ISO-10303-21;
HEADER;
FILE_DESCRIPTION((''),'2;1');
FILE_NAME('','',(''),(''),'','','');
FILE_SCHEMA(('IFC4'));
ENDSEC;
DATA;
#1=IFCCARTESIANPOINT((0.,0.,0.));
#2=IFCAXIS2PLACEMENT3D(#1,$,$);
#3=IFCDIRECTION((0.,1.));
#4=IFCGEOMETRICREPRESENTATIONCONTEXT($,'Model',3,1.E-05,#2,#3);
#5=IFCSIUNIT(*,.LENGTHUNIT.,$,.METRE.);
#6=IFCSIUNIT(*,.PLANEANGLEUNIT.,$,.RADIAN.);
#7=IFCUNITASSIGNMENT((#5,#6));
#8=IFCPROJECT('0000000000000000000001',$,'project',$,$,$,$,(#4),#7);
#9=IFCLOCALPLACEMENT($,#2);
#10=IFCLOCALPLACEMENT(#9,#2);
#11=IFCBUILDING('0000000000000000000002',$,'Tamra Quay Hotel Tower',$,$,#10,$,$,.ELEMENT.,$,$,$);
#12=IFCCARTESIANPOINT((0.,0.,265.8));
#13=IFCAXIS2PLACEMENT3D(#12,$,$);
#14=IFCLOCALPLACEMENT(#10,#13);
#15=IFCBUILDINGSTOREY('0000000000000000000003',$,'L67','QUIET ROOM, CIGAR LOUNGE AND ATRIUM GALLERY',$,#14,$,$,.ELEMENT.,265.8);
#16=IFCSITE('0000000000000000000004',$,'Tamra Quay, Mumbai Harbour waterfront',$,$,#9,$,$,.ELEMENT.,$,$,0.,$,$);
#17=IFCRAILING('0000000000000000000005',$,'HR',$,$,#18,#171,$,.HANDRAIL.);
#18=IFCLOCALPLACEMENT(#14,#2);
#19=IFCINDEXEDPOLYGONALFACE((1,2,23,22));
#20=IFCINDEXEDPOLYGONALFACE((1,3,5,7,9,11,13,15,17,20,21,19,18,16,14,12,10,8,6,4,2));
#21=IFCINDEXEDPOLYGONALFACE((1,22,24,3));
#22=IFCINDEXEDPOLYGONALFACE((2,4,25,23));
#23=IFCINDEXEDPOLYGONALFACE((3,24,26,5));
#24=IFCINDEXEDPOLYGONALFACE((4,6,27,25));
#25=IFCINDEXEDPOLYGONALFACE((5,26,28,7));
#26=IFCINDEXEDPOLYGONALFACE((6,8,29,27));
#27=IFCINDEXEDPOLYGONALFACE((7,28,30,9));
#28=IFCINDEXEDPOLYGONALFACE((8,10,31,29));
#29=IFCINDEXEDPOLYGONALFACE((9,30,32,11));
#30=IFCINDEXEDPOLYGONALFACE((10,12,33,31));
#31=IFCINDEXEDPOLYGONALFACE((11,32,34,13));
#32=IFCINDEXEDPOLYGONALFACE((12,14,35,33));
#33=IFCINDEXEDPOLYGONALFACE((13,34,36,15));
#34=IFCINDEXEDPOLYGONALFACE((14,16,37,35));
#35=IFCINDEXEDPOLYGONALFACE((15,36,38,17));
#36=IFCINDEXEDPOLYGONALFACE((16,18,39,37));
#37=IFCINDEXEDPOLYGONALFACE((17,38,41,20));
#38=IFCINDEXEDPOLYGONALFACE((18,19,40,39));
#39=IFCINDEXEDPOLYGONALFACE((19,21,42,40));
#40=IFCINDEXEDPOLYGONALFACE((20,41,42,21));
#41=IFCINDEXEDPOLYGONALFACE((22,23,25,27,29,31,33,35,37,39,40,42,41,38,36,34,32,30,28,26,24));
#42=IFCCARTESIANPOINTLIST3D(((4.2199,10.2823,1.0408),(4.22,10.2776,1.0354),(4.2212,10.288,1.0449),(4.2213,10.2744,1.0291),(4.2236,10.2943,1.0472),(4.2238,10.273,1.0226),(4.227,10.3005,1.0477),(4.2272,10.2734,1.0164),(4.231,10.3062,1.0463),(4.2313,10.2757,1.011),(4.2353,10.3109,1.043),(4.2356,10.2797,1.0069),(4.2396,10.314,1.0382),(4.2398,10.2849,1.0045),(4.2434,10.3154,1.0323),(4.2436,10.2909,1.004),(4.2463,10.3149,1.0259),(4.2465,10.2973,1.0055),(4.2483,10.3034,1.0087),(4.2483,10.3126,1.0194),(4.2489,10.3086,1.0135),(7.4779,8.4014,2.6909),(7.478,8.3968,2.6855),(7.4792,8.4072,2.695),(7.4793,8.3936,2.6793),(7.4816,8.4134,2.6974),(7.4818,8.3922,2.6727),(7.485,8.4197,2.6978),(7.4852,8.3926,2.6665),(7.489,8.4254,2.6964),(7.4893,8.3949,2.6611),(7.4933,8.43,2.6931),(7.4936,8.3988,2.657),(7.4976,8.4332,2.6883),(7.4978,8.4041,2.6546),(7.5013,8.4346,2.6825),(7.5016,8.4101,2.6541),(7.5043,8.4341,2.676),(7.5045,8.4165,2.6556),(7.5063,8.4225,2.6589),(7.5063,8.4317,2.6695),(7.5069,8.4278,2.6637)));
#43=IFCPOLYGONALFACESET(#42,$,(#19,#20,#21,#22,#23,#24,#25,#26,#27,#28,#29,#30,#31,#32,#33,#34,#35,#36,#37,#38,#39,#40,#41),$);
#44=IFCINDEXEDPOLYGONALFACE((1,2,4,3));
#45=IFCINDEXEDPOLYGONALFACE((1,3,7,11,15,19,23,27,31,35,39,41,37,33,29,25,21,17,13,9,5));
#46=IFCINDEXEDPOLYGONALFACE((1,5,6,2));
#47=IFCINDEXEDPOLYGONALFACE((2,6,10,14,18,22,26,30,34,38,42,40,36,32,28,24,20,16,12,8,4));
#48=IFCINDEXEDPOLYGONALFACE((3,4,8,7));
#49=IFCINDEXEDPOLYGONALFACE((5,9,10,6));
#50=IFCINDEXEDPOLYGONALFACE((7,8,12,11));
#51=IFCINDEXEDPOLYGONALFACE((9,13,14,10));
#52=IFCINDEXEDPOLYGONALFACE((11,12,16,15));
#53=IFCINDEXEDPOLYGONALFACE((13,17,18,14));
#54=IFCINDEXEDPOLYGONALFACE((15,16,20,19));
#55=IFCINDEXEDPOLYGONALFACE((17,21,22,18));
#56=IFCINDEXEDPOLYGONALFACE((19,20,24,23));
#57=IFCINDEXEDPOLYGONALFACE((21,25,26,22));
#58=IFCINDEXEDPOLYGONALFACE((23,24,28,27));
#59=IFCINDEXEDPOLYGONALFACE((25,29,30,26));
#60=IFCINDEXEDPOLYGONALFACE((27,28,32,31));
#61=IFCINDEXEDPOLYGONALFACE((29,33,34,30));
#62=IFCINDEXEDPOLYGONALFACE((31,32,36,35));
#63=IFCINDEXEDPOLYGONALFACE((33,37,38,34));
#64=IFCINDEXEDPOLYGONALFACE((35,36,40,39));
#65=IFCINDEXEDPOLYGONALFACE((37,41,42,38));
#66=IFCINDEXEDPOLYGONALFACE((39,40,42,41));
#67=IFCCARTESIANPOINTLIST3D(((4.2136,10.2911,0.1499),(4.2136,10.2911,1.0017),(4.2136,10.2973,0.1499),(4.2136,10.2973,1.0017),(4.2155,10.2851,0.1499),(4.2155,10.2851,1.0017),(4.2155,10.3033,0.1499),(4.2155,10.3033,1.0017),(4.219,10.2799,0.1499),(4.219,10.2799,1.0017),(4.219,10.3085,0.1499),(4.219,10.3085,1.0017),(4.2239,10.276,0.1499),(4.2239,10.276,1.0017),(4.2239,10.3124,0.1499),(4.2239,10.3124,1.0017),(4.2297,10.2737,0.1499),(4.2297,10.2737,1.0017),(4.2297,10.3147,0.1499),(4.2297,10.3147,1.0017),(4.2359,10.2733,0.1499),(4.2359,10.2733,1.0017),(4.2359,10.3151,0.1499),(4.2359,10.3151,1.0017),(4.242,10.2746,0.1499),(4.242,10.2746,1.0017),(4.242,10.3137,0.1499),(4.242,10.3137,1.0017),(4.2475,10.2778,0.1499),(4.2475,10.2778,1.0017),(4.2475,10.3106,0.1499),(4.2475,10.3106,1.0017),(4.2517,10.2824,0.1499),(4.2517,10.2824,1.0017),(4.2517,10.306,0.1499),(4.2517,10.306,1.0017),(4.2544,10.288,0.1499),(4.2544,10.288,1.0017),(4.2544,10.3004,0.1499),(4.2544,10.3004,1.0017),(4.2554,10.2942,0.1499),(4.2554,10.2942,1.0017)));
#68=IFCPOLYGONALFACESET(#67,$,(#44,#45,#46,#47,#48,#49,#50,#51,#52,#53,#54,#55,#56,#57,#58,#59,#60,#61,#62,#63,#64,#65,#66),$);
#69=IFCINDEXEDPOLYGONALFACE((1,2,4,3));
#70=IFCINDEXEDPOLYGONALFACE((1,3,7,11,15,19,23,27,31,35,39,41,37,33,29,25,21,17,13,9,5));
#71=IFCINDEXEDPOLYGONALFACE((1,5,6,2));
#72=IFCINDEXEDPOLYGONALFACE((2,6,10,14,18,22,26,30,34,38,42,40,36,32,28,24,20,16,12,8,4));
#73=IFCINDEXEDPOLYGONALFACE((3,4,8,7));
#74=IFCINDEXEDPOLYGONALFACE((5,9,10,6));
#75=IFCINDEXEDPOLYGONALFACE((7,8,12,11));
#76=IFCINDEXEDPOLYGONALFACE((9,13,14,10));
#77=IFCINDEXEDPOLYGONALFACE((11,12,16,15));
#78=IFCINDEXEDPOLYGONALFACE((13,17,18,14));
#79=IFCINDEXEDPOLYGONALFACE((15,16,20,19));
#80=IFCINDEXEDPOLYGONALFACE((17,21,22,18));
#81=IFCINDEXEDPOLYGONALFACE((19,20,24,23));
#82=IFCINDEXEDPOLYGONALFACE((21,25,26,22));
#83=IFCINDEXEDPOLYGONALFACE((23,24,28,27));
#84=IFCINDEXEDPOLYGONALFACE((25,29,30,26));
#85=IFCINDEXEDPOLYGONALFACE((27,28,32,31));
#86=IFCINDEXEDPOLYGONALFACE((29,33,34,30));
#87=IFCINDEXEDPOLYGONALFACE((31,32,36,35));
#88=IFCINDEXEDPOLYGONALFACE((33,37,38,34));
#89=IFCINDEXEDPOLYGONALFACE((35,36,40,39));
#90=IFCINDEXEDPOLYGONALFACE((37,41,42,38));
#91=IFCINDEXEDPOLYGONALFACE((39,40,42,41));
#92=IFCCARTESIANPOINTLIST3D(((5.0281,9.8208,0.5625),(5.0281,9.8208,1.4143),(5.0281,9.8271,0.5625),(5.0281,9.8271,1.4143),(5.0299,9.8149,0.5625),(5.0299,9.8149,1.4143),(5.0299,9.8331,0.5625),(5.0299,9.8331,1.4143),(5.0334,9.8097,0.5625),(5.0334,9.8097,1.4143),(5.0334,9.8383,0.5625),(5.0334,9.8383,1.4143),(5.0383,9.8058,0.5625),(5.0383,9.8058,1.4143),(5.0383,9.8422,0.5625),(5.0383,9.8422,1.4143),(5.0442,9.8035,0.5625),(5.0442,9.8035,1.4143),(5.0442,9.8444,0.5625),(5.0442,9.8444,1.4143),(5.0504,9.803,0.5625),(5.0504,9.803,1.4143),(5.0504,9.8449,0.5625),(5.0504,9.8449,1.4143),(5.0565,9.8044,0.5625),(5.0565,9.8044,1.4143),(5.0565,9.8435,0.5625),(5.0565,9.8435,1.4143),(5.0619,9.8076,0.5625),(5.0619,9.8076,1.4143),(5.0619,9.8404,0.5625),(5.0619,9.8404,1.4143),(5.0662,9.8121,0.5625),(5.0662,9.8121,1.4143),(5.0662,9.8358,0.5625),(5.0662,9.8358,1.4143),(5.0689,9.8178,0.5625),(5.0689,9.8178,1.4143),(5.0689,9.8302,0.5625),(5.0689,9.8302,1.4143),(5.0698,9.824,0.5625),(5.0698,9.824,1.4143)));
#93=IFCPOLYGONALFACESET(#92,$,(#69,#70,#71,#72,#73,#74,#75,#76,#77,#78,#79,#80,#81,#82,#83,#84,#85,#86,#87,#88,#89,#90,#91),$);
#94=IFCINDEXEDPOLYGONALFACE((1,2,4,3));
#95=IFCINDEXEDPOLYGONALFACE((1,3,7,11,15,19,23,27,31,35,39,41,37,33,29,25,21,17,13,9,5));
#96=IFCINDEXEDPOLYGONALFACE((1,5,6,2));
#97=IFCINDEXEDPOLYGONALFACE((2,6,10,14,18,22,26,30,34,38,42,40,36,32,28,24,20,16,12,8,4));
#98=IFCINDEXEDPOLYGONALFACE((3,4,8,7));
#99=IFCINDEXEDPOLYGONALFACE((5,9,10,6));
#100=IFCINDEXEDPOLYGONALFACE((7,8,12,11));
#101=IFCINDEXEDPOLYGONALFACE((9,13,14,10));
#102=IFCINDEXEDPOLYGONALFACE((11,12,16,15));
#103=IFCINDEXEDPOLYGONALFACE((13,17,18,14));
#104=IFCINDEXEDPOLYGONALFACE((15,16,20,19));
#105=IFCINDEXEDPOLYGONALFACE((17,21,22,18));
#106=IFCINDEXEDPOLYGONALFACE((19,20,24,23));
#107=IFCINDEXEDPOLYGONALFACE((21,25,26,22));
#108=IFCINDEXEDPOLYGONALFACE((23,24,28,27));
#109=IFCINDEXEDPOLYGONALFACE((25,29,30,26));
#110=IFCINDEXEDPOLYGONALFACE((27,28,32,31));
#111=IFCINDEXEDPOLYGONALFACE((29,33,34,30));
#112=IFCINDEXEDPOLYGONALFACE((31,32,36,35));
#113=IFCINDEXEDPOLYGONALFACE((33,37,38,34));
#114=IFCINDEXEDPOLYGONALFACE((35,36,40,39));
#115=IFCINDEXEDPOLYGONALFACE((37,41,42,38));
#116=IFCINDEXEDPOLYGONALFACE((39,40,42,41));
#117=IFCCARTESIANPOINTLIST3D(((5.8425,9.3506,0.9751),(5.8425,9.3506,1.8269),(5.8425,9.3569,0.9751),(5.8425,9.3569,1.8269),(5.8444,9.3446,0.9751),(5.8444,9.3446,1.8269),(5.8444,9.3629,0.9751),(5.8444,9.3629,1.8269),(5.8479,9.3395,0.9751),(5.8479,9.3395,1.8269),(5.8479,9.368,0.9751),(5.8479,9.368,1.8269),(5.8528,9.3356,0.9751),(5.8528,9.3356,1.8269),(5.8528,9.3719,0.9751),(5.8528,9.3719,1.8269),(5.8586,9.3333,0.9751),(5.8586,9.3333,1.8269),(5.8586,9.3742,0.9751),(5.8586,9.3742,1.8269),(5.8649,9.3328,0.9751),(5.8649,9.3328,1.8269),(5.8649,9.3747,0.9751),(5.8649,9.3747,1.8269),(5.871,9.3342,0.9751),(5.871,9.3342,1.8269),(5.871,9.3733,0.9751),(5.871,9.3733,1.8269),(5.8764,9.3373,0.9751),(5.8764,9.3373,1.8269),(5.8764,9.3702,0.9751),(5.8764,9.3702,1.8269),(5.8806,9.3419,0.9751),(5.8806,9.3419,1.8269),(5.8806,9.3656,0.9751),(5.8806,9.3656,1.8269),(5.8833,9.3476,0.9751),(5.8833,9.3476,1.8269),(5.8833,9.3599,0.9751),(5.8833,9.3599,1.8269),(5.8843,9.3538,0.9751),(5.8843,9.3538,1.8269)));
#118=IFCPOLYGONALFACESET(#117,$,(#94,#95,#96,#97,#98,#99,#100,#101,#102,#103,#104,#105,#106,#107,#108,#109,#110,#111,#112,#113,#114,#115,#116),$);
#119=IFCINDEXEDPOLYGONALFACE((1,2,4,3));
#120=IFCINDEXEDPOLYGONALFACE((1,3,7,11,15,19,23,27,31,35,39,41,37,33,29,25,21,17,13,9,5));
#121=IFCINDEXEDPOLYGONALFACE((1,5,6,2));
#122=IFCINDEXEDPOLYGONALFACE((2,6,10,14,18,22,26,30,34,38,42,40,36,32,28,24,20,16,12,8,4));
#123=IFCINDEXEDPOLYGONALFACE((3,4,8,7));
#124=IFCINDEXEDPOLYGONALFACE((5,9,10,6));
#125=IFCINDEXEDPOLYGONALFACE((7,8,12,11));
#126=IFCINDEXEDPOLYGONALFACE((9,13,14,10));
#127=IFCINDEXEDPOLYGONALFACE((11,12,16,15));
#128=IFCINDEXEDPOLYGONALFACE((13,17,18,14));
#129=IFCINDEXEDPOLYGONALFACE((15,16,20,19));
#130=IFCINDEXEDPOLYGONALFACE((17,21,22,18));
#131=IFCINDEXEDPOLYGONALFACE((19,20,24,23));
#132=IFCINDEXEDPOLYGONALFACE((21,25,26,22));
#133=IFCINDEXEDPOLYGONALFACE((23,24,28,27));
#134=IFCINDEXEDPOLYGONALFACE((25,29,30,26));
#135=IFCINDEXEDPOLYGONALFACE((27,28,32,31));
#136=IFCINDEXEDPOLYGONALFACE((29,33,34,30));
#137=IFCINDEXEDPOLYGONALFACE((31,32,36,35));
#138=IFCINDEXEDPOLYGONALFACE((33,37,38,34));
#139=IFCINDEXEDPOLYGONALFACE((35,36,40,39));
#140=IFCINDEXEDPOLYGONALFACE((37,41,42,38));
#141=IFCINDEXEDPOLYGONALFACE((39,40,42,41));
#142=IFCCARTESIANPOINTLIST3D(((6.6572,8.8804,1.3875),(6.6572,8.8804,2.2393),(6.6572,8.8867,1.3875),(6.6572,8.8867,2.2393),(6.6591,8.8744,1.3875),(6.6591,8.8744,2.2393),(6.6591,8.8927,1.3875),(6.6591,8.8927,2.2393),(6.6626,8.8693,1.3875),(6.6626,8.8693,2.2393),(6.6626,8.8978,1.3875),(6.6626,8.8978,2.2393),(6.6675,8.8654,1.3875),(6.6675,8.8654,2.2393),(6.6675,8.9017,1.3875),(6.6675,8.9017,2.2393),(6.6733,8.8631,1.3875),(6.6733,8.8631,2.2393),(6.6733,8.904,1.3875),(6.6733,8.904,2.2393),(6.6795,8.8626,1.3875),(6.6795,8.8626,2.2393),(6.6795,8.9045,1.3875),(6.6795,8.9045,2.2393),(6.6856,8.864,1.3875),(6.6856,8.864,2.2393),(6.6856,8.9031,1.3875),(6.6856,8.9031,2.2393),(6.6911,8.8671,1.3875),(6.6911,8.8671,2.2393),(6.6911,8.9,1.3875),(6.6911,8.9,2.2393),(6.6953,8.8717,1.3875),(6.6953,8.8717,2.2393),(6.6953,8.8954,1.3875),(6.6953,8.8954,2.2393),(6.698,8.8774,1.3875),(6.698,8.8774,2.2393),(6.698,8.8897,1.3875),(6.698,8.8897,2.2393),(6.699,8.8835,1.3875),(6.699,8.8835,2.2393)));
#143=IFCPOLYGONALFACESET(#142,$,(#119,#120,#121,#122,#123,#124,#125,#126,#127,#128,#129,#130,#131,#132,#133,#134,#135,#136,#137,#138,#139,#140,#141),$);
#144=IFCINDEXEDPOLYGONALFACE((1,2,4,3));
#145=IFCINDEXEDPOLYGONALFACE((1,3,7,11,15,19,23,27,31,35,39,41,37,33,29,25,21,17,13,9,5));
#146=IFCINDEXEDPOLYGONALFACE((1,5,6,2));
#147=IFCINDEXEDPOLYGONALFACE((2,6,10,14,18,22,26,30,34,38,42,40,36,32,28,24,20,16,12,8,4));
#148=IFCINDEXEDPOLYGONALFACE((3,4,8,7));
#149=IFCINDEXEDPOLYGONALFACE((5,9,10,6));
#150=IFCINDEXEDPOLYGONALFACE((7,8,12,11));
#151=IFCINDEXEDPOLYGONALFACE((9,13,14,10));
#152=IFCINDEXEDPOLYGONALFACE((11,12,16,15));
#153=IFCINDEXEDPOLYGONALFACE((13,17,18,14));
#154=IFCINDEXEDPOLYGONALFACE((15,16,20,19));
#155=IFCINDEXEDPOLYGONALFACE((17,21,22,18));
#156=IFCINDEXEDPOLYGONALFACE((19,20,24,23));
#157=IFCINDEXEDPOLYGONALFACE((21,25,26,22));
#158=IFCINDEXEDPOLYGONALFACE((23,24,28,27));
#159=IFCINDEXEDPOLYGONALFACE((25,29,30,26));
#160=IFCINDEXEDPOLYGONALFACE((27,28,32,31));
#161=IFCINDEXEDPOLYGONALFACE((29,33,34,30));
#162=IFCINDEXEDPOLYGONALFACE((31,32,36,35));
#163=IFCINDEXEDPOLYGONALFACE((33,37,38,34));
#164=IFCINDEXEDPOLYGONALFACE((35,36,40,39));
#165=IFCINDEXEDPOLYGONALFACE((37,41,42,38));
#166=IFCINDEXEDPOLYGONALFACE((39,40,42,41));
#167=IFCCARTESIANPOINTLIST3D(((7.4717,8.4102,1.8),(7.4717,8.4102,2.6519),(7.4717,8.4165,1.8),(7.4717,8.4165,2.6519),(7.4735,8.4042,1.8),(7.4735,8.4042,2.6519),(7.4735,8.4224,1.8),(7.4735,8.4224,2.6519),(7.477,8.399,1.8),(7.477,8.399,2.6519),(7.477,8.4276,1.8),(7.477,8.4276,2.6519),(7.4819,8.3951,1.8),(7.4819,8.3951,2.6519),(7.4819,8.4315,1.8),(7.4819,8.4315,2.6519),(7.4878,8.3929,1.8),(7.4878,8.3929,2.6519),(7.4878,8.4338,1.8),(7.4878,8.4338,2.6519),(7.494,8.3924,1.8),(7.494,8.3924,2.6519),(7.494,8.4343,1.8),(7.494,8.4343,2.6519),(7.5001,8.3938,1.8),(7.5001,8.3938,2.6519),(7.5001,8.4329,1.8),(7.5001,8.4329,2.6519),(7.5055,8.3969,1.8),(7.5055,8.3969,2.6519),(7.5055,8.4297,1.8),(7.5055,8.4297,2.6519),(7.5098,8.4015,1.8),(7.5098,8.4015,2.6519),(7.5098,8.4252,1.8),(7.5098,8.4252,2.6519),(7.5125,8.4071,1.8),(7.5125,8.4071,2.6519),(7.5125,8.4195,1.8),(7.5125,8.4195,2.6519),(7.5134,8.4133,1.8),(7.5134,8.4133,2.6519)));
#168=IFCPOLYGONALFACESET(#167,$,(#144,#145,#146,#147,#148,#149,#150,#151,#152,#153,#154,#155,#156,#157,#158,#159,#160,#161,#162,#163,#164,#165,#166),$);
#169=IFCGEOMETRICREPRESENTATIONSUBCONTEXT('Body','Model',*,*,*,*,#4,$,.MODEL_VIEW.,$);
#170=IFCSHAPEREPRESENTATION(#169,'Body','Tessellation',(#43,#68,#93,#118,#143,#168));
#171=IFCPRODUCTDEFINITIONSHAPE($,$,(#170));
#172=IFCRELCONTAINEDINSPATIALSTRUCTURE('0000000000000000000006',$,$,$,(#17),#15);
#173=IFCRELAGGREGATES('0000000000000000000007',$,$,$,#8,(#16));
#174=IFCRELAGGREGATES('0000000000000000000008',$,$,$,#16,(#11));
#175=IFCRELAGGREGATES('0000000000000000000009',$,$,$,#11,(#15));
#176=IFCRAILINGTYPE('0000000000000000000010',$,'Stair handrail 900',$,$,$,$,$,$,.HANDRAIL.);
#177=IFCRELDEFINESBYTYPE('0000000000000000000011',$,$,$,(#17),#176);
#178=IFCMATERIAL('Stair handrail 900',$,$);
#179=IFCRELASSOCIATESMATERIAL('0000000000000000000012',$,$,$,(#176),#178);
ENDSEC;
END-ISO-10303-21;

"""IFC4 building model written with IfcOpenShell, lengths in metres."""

from ifc_helpers import new_model, si_unit, direction, frame, origin, origin_2d, place, context, subcontext, project, spatial, circle, extrude, material, type_object, element, save


model = new_model("IFC4")

# Units and contexts
model_context = context("Model", 3, precision=1e-05, world=origin(), true_north=direction((0.0, 1.0)))
body_context = subcontext(model_context, "Body", "Model", "MODEL_VIEW")
ifc_project = project(units=[si_unit("LENGTHUNIT", "METRE"), si_unit("PLANEANGLEUNIT", "RADIAN")], contexts=[model_context])

# Site, building, storey
site_placement = place(None, origin())
site = spatial("IfcSite", under=ifc_project, at=site_placement, Name="Tamra Quay, Mumbai Harbour waterfront", CompositionType="ELEMENT", RefElevation=0.0)
building_placement = place(site_placement, origin())
building = spatial("IfcBuilding", under=site, at=building_placement, Name="Tamra Quay Hotel Tower", CompositionType="ELEMENT")
storey_placement = place(building_placement, frame((0.0, 0.0, 265.8)))
storey = spatial("IfcBuildingStorey", under=building, at=storey_placement, Name="L67", Description="QUIET ROOM, CIGAR LOUNGE AND ATRIUM GALLERY", CompositionType="ELEMENT", Elevation=265.8)

# Railing
ifc_material_1 = material(Name="Stair handrail 900")
railing_type_1 = type_object("IfcRailingType", Name="Stair handrail 900", PredefinedType="HANDRAIL", material=ifc_material_1)
railing_1_placement = place(storey_placement, frame((4.2344, 10.2942, 0.1499)))
element("IfcRailing", 1, at=railing_1_placement, inside=storey, type_object=railing_type_1, Name="HR", PredefinedType="HANDRAIL", context=body_context, shape_type="SweptSolid", body=[
    extrude(circle(Radius=0.0239, at=origin_2d()), frame((0.0, 0.0, 0.876), z_axis=(0.793103, -0.457854, 0.401692), x_axis=(0.499964, 0.866046, 0.0)), (0.0, 0.0, 1.0), 4.1079),
    extrude(circle(Radius=0.021, at=origin_2d()), origin(), (0.0, 0.0, 1.0), 0.8518),
    extrude(circle(Radius=0.021, at=origin_2d()), frame((0.8145, -0.4702, 0.4126)), (0.0, 0.0, 1.0), 0.8518),
    extrude(circle(Radius=0.021, at=origin_2d()), frame((1.6289, -0.9404, 0.8252)), (0.0, 0.0, 1.0), 0.8518),
    extrude(circle(Radius=0.021, at=origin_2d()), frame((2.4436, -1.4106, 1.2375)), (0.0, 0.0, 1.0), 0.8518),
    extrude(circle(Radius=0.021, at=origin_2d()), frame((3.2581, -1.8809, 1.6501)), (0.0, 0.0, 1.0), 0.8518),
])

save(model, "model.ifc")
